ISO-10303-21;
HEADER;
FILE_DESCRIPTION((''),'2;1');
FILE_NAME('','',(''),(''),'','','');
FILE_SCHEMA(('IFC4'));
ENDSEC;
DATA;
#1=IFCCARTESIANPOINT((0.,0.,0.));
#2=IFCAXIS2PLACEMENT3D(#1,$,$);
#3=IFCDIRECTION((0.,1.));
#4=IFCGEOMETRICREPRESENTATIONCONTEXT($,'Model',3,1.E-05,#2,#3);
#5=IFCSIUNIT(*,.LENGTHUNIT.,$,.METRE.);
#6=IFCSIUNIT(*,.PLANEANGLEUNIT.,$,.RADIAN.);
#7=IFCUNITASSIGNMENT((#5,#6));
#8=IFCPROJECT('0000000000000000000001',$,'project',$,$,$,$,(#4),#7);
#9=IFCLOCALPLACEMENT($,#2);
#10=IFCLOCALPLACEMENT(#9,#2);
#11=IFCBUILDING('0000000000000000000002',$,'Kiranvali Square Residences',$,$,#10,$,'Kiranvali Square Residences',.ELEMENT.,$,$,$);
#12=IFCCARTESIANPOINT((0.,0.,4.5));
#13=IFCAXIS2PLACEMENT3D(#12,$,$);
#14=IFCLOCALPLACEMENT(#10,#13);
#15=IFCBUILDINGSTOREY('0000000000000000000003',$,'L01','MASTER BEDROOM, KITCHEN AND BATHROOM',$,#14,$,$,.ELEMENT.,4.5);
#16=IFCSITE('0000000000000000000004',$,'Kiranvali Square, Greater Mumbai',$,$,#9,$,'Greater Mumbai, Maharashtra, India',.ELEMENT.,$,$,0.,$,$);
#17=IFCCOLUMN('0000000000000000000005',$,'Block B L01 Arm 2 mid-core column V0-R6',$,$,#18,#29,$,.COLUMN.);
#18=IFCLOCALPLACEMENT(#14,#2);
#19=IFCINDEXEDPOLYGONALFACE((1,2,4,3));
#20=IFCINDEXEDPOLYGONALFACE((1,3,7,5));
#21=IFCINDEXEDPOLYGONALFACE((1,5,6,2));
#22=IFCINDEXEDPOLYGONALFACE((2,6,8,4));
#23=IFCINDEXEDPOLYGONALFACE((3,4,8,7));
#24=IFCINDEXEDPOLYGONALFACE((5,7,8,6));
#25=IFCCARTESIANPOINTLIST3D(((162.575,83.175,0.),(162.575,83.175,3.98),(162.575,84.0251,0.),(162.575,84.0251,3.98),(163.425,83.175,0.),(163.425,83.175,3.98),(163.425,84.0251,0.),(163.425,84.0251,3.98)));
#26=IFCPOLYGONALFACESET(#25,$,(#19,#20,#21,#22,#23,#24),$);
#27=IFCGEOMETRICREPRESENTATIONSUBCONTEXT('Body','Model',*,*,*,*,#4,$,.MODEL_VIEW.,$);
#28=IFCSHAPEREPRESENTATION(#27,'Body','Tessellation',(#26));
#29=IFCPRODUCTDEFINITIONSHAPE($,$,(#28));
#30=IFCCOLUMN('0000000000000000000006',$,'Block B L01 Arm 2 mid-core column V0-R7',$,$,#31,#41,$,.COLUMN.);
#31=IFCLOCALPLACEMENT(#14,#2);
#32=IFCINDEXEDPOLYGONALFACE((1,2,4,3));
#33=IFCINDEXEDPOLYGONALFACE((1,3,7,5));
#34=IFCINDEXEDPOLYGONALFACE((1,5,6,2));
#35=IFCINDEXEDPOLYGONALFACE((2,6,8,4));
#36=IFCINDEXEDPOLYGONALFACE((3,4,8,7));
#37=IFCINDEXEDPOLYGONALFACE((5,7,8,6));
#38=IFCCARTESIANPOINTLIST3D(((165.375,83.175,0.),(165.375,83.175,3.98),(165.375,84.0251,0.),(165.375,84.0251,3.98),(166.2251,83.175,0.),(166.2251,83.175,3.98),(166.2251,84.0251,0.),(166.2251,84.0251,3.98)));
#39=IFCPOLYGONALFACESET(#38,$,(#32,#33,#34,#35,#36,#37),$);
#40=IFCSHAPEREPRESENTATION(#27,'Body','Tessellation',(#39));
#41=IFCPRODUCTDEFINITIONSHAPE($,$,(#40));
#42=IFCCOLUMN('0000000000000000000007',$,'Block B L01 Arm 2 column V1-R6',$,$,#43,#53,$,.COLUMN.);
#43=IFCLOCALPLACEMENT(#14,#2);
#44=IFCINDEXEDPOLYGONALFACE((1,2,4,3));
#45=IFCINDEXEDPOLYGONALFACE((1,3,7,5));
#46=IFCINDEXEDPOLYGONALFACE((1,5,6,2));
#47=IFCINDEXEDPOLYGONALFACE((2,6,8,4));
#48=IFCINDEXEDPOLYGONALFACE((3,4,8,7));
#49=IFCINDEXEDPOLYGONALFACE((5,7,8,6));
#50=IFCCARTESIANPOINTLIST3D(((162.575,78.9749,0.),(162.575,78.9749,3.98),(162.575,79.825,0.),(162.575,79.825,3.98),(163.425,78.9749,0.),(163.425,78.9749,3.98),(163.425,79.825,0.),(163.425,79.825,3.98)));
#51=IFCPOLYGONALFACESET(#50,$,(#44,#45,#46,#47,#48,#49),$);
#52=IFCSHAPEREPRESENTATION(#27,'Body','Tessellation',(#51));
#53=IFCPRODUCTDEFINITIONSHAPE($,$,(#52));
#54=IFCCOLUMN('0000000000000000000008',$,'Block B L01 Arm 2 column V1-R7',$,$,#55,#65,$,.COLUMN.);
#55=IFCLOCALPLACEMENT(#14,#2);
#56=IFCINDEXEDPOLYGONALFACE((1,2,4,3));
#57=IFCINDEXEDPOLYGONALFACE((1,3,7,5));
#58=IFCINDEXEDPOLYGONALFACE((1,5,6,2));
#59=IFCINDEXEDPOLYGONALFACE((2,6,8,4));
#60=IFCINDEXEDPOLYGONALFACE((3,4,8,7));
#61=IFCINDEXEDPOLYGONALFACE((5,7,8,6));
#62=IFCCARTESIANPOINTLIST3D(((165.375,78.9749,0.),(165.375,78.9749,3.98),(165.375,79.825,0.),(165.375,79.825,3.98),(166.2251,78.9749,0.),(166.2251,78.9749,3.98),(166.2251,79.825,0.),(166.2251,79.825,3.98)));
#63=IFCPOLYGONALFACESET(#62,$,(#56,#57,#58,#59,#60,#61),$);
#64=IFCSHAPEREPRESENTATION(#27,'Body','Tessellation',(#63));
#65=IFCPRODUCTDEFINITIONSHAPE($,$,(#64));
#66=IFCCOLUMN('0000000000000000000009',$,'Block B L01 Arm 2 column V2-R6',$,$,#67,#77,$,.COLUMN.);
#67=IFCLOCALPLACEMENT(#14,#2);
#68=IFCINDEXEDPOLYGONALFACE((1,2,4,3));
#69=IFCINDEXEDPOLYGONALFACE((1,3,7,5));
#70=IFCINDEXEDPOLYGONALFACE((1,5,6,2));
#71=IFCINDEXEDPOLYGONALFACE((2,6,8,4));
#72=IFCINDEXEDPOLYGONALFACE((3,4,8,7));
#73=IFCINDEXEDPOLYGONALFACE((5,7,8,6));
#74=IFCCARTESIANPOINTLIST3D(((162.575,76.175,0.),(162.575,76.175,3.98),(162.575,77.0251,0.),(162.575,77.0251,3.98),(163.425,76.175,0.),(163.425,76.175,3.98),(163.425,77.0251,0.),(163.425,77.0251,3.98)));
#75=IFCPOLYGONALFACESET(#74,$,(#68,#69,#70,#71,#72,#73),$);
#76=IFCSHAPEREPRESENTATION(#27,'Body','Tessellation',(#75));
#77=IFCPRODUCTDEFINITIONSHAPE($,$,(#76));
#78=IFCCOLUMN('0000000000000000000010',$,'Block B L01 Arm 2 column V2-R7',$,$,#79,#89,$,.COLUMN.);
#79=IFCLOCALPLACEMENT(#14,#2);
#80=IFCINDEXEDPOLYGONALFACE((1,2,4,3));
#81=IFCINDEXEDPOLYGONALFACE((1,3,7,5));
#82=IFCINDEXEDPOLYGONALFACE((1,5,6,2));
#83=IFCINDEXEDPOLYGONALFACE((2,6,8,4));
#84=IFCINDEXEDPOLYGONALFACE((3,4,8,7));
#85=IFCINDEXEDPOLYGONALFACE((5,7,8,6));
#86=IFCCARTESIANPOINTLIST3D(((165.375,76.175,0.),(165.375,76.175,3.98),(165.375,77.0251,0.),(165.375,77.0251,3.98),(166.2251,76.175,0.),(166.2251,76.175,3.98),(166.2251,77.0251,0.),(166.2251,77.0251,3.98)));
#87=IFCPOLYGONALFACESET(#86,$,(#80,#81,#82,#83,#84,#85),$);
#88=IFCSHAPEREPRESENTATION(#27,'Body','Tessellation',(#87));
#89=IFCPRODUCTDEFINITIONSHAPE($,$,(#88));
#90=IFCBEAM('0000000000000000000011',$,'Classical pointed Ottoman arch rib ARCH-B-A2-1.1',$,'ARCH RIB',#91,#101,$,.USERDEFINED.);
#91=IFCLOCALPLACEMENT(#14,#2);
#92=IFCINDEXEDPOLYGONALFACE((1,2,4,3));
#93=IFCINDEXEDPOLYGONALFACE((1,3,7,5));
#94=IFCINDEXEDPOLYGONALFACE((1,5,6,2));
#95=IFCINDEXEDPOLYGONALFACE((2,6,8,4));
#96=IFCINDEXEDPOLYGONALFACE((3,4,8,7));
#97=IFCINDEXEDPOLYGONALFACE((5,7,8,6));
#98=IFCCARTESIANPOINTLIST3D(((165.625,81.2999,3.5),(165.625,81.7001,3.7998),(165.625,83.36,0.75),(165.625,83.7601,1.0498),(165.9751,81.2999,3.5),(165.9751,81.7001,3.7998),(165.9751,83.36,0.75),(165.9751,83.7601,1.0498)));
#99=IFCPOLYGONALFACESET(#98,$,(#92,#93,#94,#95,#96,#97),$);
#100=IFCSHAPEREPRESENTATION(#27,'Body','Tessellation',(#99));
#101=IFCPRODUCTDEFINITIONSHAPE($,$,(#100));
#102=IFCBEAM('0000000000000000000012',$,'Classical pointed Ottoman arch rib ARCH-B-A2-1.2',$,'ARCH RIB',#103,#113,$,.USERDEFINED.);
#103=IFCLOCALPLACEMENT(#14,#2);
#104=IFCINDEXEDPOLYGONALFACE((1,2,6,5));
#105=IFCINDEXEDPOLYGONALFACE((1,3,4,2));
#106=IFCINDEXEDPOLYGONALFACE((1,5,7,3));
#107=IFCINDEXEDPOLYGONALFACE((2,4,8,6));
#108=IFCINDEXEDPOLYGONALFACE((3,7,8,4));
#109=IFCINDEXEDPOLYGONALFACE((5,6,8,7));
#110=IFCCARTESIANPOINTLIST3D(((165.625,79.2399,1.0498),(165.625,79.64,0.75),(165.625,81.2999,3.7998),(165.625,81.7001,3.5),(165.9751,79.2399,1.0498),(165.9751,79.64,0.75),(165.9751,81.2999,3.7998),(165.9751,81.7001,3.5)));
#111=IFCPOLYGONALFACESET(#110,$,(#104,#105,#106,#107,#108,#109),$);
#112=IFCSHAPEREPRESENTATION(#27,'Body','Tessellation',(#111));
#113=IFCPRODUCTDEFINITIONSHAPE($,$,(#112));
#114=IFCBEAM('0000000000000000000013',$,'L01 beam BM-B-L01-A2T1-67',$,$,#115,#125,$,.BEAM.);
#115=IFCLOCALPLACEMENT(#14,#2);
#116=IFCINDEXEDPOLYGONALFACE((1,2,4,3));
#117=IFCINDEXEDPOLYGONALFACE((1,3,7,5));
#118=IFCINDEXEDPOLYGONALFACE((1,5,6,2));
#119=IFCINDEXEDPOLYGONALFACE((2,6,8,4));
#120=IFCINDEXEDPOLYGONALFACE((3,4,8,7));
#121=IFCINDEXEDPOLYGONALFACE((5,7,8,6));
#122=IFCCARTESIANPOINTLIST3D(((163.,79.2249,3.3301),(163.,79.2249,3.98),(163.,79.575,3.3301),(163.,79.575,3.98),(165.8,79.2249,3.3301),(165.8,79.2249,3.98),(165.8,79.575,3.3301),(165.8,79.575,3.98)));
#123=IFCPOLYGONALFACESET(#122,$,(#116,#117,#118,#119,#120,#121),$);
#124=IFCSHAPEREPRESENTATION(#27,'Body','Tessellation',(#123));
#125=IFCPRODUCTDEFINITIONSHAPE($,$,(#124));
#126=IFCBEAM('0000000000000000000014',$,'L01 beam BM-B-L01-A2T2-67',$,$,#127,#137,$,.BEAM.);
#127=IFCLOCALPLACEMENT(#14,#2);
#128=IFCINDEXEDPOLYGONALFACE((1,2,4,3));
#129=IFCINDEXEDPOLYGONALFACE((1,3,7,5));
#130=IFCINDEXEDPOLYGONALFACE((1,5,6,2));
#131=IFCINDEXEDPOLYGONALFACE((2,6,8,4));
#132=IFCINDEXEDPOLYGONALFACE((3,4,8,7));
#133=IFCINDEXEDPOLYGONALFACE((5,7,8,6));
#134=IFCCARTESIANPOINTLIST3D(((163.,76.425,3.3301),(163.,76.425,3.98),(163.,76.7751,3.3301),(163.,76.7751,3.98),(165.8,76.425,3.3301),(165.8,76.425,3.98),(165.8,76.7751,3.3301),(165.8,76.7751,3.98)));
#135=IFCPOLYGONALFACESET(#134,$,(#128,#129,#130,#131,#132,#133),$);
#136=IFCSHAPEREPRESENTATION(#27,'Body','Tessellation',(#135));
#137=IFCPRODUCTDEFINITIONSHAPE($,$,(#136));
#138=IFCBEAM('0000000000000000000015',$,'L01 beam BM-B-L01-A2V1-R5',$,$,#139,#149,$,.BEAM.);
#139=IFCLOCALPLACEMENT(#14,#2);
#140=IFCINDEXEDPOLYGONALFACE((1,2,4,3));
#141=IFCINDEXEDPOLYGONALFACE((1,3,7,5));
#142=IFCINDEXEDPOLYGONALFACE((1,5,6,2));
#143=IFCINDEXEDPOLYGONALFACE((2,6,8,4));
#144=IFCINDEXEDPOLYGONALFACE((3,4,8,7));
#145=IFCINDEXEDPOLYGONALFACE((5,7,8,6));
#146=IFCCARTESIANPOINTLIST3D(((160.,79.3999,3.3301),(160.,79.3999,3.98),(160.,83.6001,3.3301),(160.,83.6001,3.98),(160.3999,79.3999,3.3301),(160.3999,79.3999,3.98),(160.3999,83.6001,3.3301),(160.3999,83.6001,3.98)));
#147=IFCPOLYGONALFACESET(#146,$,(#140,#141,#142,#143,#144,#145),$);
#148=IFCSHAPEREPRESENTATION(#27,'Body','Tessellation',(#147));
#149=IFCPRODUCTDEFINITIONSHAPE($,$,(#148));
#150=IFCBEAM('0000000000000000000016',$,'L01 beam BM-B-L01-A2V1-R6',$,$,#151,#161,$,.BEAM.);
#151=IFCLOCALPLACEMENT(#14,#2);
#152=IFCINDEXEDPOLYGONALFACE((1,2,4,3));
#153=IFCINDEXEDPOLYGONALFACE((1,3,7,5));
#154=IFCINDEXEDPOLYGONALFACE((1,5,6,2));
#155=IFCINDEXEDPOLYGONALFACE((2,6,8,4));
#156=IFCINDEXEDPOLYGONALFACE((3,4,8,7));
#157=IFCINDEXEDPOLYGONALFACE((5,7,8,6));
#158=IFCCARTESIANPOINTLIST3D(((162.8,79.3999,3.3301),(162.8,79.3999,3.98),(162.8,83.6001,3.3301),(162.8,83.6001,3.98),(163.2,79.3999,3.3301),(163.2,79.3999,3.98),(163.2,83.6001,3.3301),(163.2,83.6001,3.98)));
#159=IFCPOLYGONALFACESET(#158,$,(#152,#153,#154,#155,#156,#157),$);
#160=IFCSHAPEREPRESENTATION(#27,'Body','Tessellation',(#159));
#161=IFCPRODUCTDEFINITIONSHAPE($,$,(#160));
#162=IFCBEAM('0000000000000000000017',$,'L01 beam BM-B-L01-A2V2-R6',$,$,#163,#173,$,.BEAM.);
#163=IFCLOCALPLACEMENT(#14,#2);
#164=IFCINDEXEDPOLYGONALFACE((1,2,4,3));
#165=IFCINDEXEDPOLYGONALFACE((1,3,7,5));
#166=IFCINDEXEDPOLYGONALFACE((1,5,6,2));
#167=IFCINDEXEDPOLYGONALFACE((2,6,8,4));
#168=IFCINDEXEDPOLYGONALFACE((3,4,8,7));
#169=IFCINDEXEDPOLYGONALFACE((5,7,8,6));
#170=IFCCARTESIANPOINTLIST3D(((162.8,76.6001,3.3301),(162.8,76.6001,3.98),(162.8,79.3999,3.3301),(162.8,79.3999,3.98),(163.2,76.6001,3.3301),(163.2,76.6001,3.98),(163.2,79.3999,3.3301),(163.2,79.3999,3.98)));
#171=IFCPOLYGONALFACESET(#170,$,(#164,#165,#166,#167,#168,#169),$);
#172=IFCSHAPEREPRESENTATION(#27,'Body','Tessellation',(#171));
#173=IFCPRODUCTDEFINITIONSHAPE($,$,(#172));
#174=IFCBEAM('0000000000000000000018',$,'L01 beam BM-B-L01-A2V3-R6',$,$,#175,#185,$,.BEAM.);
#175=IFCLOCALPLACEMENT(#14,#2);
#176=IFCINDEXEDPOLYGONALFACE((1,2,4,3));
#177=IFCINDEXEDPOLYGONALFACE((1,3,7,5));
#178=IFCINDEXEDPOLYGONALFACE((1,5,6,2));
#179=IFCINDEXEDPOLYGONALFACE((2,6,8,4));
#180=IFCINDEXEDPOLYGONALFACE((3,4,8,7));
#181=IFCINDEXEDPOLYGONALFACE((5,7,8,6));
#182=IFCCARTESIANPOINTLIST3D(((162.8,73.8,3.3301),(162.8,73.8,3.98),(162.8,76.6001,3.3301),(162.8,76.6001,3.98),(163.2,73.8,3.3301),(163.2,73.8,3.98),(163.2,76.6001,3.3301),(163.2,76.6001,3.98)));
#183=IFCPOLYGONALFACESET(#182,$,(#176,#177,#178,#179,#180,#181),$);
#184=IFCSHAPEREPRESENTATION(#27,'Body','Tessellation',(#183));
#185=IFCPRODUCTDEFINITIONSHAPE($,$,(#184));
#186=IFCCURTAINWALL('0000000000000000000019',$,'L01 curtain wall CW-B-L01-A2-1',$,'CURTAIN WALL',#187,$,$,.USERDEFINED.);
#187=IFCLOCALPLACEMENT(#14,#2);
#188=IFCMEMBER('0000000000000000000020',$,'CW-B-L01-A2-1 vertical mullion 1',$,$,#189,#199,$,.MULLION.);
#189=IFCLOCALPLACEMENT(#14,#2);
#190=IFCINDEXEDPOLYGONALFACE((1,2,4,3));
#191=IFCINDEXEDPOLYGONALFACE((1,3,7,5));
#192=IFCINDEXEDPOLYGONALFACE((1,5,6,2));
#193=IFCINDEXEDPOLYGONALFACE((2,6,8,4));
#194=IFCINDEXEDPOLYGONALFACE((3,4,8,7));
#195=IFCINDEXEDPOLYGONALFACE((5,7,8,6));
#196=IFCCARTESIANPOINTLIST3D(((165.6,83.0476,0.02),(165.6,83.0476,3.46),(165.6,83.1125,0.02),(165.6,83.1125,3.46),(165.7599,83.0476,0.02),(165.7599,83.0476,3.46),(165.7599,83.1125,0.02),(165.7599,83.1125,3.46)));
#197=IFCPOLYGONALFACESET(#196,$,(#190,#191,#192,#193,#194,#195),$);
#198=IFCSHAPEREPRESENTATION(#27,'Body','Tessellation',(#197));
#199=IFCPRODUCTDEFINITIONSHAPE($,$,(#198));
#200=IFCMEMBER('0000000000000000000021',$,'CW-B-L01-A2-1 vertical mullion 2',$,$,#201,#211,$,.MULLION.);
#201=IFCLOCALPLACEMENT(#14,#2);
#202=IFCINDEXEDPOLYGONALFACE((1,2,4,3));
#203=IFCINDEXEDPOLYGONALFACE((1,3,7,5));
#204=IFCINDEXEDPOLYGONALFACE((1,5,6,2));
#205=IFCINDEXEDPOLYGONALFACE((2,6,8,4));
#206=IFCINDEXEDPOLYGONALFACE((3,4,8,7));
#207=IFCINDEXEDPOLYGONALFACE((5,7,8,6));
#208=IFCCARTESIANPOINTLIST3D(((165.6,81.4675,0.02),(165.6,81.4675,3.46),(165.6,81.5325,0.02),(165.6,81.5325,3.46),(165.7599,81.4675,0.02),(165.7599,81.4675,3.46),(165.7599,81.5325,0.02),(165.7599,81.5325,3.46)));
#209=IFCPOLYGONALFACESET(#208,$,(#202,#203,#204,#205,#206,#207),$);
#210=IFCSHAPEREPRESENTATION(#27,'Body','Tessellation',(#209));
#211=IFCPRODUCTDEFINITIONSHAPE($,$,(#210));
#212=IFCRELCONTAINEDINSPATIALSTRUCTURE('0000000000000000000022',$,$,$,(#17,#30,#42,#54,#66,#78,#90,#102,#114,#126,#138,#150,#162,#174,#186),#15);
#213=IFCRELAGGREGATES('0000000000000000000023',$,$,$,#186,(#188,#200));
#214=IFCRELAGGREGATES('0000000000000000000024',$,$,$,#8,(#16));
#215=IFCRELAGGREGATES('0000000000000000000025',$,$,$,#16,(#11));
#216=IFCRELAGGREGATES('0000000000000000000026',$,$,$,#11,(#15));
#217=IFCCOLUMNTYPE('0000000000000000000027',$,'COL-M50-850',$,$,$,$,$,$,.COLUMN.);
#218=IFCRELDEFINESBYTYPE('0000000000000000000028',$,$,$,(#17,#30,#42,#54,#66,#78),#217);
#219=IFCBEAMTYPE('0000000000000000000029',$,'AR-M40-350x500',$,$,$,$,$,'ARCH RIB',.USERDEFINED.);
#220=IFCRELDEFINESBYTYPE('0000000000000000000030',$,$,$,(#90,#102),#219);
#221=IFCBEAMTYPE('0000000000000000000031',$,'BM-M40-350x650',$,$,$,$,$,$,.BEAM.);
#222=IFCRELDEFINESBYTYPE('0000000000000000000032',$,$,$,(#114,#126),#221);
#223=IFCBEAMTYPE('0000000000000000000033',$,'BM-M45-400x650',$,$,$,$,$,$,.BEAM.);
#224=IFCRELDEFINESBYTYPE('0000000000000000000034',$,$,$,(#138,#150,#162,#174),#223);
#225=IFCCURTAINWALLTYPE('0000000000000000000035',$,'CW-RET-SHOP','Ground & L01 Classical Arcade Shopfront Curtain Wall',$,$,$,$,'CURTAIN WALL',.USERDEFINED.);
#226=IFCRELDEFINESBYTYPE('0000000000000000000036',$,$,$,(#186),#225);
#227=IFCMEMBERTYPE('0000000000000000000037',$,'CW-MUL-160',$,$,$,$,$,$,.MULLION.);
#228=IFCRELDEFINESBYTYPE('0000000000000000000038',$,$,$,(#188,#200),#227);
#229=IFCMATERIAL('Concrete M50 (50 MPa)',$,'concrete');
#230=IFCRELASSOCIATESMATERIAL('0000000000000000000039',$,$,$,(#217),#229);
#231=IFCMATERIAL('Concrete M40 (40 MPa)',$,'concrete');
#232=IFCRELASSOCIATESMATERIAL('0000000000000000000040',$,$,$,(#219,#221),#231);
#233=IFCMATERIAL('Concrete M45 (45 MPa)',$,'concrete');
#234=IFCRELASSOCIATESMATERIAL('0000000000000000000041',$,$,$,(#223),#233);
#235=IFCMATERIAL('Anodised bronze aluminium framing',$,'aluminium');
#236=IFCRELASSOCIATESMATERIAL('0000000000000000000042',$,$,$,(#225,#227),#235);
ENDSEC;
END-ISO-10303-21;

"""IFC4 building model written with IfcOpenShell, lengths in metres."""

from ifc_helpers import new_model, si_unit, direction, frame, origin, origin_2d, place, context, subcontext, project, spatial, rectangle, extrude, material, material_profile, profile_set, type_object, element, aggregate, save


model = new_model("IFC4")

# Units and contexts
model_context = context("Model", 3, precision=1e-05, world=origin(), true_north=direction((0.0, 1.0)))
body_context = subcontext(model_context, "Body", "Model", "MODEL_VIEW")
ifc_project = project(units=[si_unit("LENGTHUNIT", "METRE"), si_unit("PLANEANGLEUNIT", "RADIAN")], contexts=[model_context])

# Site, building, storey
site_placement = place(None, origin())
site = spatial("IfcSite", under=ifc_project, at=site_placement, Name="Kiranvali Square, Greater Mumbai", LongName="Greater Mumbai, Maharashtra, India", CompositionType="ELEMENT", RefElevation=0.0)
building_placement = place(site_placement, origin())
building = spatial("IfcBuilding", under=site, at=building_placement, Name="Kiranvali Square Residences", LongName="Kiranvali Square Residences", CompositionType="ELEMENT")
storey_placement = place(building_placement, frame((0.0, 0.0, 4.5)))
storey = spatial("IfcBuildingStorey", under=building, at=storey_placement, Name="L01", Description="MASTER BEDROOM, KITCHEN AND BATHROOM", CompositionType="ELEMENT", Elevation=4.5)

# Columns
ifc_material_1 = material(Name="Concrete M50 (50 MPa)", Category="concrete")
ifc_material_profile_1 = material_profile(ifc_material_1, rectangle(XDim=0.8501, YDim=0.8501, at=origin_2d()), Name="RC 850x850")
ifc_profile_set_1 = profile_set([ifc_material_profile_1], Name="Concrete M50 (50 MPa)")
column_type = type_object("IfcColumnType", Name="COL-M50-850", PredefinedType="COLUMN", material=ifc_profile_set_1)
for number, where, z_axis, x_axis, name in (
    (1, (163.0, 83.6001, 0.0), (0.0, 0.0, 1.0), (1.0, 0.0, 0.0), "Block B L01 Arm 2 mid-core column V0-R6"),
    (2, (165.8, 83.6001, 0.0), (0.0, 0.0, 1.0), (1.0, 0.0, 0.0), "Block B L01 Arm 2 mid-core column V0-R7"),
    (3, (163.0, 79.3999, 0.0), (0.0, 0.0, 1.0), (1.0, 0.0, 0.0), "Block B L01 Arm 2 column V1-R6"),
    (4, (165.8, 79.3999, 0.0), (0.0, 0.0, 1.0), (1.0, 0.0, 0.0), "Block B L01 Arm 2 column V1-R7"),
    (5, (163.0, 76.6001, 0.0), (0.0, 0.0, 1.0), (1.0, 0.0, 0.0), "Block B L01 Arm 2 column V2-R6"),
    (6, (165.8, 76.6001, 0.0), (0.0, 0.0, 1.0), (1.0, 0.0, 0.0), "Block B L01 Arm 2 column V2-R7"),
):
    element("IfcColumn", number, at=place(storey_placement, frame(where, z_axis=z_axis, x_axis=x_axis)), inside=storey, type_object=column_type, Name=name, PredefinedType="COLUMN", context=body_context, shape_type="SweptSolid", body=[
        extrude(rectangle(XDim=0.8501, YDim=0.8501, at=origin_2d()), origin(), (0.0, 0.0, 1.0), 3.98),
    ])

# Beams
ifc_material_2 = material(Name="Concrete M40 (40 MPa)", Category="concrete")
ifc_material_profile_2 = material_profile(ifc_material_2, rectangle(XDim=0.3501, YDim=0.5, at=origin_2d()), Name="RC 350x500")
ifc_profile_set_2 = profile_set([ifc_material_profile_2], Name="Concrete M40 (40 MPa)")
beam_type_1 = type_object("IfcBeamType", Name="AR-M40-350x500", ElementType="ARCH RIB", PredefinedType="USERDEFINED", material=ifc_profile_set_2)
for number, where, z_axis, x_axis, name in (
    (7, (165.8, 83.5601, 0.8999), (0.0, -0.599545, 0.800341), (1.0, 0.0, 0.0), "Classical pointed Ottoman arch rib ARCH-B-A2-1.1"),
    (8, (165.8, 81.5, 3.6499), (0.0, -0.599545, -0.800341), (1.0, 0.0, 0.0), "Classical pointed Ottoman arch rib ARCH-B-A2-1.2"),
):
    element("IfcBeam", number, at=place(storey_placement, frame(where, z_axis=z_axis, x_axis=x_axis)), inside=storey, type_object=beam_type_1, Name=name, ObjectType="ARCH RIB", PredefinedType="USERDEFINED", context=body_context, shape_type="SweptSolid", body=[
        extrude(rectangle(XDim=0.3501, YDim=0.5, at=origin_2d()), origin(), (0.0, 0.0, 1.0), 3.436),
    ])
ifc_material_profile_3 = material_profile(ifc_material_2, rectangle(XDim=0.3501, YDim=0.6499, at=origin_2d()), Name="RC 350x650")
ifc_profile_set_3 = profile_set([ifc_material_profile_3], Name="Concrete M40 (40 MPa)")
beam_type_2 = type_object("IfcBeamType", Name="BM-M40-350x650", PredefinedType="BEAM", material=ifc_profile_set_3)
for number, where, z_axis, x_axis, name in (
    (9, (163.0, 79.3999, 3.655), (1.0, 0.0, 0.0), (0.0, 1.0, 0.0), "L01 beam BM-B-L01-A2T1-67"),
    (10, (163.0, 76.6001, 3.655), (1.0, 0.0, 0.0), (0.0, 1.0, 0.0), "L01 beam BM-B-L01-A2T2-67"),
):
    element("IfcBeam", number, at=place(storey_placement, frame(where, z_axis=z_axis, x_axis=x_axis)), inside=storey, type_object=beam_type_2, Name=name, PredefinedType="BEAM", context=body_context, shape_type="SweptSolid", body=[
        extrude(rectangle(XDim=0.3501, YDim=0.6499, at=origin_2d()), origin(), (0.0, 0.0, 1.0), 2.8),
    ])
ifc_material_3 = material(Name="Concrete M45 (45 MPa)", Category="concrete")
ifc_material_profile_4 = material_profile(ifc_material_3, rectangle(XDim=0.3999, YDim=0.6499, at=origin_2d()), Name="RC 400x650")
ifc_profile_set_4 = profile_set([ifc_material_profile_4], Name="Concrete M45 (45 MPa)")
beam_type_3 = type_object("IfcBeamType", Name="BM-M45-400x650", PredefinedType="BEAM", material=ifc_profile_set_4)
for number, where, z_axis, x_axis, name in (
    (11, (160.2, 83.6001, 3.655), (0.0, -1.0, 0.0), (1.0, 0.0, 0.0), "L01 beam BM-B-L01-A2V1-R5"),
    (12, (163.0, 83.6001, 3.655), (0.0, -1.0, 0.0), (1.0, 0.0, 0.0), "L01 beam BM-B-L01-A2V1-R6"),
):
    element("IfcBeam", number, at=place(storey_placement, frame(where, z_axis=z_axis, x_axis=x_axis)), inside=storey, type_object=beam_type_3, Name=name, PredefinedType="BEAM", context=body_context, shape_type="SweptSolid", body=[
        extrude(rectangle(XDim=0.3999, YDim=0.6499, at=origin_2d()), origin(), (0.0, 0.0, 1.0), 4.2002),
    ])
beam_1_placement = place(storey_placement, frame((163.0, 79.3999, 3.655), z_axis=(0.0, -1.0, 0.0), x_axis=(1.0, 0.0, 0.0)))
element("IfcBeam", 13, at=beam_1_placement, inside=storey, type_object=beam_type_3, Name="L01 beam BM-B-L01-A2V2-R6", PredefinedType="BEAM", context=body_context, shape_type="SweptSolid", body=[
    extrude(rectangle(XDim=0.3999, YDim=0.6499, at=origin_2d()), origin(), (0.0, 0.0, 1.0), 2.7998),
])
beam_2_placement = place(storey_placement, frame((163.0, 76.6001, 3.655), z_axis=(0.0, -1.0, 0.0), x_axis=(1.0, 0.0, 0.0)))
element("IfcBeam", 14, at=beam_2_placement, inside=storey, type_object=beam_type_3, Name="L01 beam BM-B-L01-A2V3-R6", PredefinedType="BEAM", context=body_context, shape_type="SweptSolid", body=[
    extrude(rectangle(XDim=0.3999, YDim=0.6499, at=origin_2d()), origin(), (0.0, 0.0, 1.0), 2.8),
])

# Curtain wall, members
ifc_material_4 = material(Name="Anodised bronze aluminium framing", Category="aluminium")
curtain_wall_type = type_object("IfcCurtainWallType", Name="CW-RET-SHOP", Description="Ground & L01 Classical Arcade Shopfront Curtain Wall", ElementType="CURTAIN WALL", PredefinedType="USERDEFINED", material=ifc_material_4)
curtain_wall_placement = place(storey_placement, origin())
curtain_wall = element("IfcCurtainWall", 15, at=curtain_wall_placement, inside=storey, type_object=curtain_wall_type, Name="L01 curtain wall CW-B-L01-A2-1", ObjectType="CURTAIN WALL", PredefinedType="USERDEFINED")
ifc_material_profile_5 = material_profile(ifc_material_4, rectangle(XDim=0.0649, YDim=0.1599, at=origin_2d()), Name="ALU 65x160")
ifc_profile_set_5 = profile_set([ifc_material_profile_5], Name="Anodised bronze aluminium framing")
member_type_1 = type_object("IfcMemberType", Name="CW-MUL-160", PredefinedType="MULLION", material=ifc_profile_set_5)
member_1_placement = place(storey_placement, frame((165.6799, 83.0801, 0.02), z_axis=(0.0, 0.0, 1.0), x_axis=(0.0, -1.0, 0.0)))
member_1 = element("IfcMember", 16, at=member_1_placement, type_object=member_type_1, Name="CW-B-L01-A2-1 vertical mullion 1", PredefinedType="MULLION", context=body_context, shape_type="SweptSolid", body=[
    extrude(rectangle(XDim=0.0649, YDim=0.1599, at=origin_2d()), origin(), (0.0, 0.0, 1.0), 3.4399),
])
member_2_placement = place(storey_placement, frame((165.6799, 81.5, 0.02), z_axis=(0.0, 0.0, 1.0), x_axis=(0.0, -1.0, 0.0)))
member_2 = element("IfcMember", 17, at=member_2_placement, type_object=member_type_1, Name="CW-B-L01-A2-1 vertical mullion 2", PredefinedType="MULLION", context=body_context, shape_type="SweptSolid", body=[
    extrude(rectangle(XDim=0.0649, YDim=0.1599, at=origin_2d()), origin(), (0.0, 0.0, 1.0), 3.4399),
])

aggregate(curtain_wall, [member_1, member_2])

save(model, "model.ifc")
